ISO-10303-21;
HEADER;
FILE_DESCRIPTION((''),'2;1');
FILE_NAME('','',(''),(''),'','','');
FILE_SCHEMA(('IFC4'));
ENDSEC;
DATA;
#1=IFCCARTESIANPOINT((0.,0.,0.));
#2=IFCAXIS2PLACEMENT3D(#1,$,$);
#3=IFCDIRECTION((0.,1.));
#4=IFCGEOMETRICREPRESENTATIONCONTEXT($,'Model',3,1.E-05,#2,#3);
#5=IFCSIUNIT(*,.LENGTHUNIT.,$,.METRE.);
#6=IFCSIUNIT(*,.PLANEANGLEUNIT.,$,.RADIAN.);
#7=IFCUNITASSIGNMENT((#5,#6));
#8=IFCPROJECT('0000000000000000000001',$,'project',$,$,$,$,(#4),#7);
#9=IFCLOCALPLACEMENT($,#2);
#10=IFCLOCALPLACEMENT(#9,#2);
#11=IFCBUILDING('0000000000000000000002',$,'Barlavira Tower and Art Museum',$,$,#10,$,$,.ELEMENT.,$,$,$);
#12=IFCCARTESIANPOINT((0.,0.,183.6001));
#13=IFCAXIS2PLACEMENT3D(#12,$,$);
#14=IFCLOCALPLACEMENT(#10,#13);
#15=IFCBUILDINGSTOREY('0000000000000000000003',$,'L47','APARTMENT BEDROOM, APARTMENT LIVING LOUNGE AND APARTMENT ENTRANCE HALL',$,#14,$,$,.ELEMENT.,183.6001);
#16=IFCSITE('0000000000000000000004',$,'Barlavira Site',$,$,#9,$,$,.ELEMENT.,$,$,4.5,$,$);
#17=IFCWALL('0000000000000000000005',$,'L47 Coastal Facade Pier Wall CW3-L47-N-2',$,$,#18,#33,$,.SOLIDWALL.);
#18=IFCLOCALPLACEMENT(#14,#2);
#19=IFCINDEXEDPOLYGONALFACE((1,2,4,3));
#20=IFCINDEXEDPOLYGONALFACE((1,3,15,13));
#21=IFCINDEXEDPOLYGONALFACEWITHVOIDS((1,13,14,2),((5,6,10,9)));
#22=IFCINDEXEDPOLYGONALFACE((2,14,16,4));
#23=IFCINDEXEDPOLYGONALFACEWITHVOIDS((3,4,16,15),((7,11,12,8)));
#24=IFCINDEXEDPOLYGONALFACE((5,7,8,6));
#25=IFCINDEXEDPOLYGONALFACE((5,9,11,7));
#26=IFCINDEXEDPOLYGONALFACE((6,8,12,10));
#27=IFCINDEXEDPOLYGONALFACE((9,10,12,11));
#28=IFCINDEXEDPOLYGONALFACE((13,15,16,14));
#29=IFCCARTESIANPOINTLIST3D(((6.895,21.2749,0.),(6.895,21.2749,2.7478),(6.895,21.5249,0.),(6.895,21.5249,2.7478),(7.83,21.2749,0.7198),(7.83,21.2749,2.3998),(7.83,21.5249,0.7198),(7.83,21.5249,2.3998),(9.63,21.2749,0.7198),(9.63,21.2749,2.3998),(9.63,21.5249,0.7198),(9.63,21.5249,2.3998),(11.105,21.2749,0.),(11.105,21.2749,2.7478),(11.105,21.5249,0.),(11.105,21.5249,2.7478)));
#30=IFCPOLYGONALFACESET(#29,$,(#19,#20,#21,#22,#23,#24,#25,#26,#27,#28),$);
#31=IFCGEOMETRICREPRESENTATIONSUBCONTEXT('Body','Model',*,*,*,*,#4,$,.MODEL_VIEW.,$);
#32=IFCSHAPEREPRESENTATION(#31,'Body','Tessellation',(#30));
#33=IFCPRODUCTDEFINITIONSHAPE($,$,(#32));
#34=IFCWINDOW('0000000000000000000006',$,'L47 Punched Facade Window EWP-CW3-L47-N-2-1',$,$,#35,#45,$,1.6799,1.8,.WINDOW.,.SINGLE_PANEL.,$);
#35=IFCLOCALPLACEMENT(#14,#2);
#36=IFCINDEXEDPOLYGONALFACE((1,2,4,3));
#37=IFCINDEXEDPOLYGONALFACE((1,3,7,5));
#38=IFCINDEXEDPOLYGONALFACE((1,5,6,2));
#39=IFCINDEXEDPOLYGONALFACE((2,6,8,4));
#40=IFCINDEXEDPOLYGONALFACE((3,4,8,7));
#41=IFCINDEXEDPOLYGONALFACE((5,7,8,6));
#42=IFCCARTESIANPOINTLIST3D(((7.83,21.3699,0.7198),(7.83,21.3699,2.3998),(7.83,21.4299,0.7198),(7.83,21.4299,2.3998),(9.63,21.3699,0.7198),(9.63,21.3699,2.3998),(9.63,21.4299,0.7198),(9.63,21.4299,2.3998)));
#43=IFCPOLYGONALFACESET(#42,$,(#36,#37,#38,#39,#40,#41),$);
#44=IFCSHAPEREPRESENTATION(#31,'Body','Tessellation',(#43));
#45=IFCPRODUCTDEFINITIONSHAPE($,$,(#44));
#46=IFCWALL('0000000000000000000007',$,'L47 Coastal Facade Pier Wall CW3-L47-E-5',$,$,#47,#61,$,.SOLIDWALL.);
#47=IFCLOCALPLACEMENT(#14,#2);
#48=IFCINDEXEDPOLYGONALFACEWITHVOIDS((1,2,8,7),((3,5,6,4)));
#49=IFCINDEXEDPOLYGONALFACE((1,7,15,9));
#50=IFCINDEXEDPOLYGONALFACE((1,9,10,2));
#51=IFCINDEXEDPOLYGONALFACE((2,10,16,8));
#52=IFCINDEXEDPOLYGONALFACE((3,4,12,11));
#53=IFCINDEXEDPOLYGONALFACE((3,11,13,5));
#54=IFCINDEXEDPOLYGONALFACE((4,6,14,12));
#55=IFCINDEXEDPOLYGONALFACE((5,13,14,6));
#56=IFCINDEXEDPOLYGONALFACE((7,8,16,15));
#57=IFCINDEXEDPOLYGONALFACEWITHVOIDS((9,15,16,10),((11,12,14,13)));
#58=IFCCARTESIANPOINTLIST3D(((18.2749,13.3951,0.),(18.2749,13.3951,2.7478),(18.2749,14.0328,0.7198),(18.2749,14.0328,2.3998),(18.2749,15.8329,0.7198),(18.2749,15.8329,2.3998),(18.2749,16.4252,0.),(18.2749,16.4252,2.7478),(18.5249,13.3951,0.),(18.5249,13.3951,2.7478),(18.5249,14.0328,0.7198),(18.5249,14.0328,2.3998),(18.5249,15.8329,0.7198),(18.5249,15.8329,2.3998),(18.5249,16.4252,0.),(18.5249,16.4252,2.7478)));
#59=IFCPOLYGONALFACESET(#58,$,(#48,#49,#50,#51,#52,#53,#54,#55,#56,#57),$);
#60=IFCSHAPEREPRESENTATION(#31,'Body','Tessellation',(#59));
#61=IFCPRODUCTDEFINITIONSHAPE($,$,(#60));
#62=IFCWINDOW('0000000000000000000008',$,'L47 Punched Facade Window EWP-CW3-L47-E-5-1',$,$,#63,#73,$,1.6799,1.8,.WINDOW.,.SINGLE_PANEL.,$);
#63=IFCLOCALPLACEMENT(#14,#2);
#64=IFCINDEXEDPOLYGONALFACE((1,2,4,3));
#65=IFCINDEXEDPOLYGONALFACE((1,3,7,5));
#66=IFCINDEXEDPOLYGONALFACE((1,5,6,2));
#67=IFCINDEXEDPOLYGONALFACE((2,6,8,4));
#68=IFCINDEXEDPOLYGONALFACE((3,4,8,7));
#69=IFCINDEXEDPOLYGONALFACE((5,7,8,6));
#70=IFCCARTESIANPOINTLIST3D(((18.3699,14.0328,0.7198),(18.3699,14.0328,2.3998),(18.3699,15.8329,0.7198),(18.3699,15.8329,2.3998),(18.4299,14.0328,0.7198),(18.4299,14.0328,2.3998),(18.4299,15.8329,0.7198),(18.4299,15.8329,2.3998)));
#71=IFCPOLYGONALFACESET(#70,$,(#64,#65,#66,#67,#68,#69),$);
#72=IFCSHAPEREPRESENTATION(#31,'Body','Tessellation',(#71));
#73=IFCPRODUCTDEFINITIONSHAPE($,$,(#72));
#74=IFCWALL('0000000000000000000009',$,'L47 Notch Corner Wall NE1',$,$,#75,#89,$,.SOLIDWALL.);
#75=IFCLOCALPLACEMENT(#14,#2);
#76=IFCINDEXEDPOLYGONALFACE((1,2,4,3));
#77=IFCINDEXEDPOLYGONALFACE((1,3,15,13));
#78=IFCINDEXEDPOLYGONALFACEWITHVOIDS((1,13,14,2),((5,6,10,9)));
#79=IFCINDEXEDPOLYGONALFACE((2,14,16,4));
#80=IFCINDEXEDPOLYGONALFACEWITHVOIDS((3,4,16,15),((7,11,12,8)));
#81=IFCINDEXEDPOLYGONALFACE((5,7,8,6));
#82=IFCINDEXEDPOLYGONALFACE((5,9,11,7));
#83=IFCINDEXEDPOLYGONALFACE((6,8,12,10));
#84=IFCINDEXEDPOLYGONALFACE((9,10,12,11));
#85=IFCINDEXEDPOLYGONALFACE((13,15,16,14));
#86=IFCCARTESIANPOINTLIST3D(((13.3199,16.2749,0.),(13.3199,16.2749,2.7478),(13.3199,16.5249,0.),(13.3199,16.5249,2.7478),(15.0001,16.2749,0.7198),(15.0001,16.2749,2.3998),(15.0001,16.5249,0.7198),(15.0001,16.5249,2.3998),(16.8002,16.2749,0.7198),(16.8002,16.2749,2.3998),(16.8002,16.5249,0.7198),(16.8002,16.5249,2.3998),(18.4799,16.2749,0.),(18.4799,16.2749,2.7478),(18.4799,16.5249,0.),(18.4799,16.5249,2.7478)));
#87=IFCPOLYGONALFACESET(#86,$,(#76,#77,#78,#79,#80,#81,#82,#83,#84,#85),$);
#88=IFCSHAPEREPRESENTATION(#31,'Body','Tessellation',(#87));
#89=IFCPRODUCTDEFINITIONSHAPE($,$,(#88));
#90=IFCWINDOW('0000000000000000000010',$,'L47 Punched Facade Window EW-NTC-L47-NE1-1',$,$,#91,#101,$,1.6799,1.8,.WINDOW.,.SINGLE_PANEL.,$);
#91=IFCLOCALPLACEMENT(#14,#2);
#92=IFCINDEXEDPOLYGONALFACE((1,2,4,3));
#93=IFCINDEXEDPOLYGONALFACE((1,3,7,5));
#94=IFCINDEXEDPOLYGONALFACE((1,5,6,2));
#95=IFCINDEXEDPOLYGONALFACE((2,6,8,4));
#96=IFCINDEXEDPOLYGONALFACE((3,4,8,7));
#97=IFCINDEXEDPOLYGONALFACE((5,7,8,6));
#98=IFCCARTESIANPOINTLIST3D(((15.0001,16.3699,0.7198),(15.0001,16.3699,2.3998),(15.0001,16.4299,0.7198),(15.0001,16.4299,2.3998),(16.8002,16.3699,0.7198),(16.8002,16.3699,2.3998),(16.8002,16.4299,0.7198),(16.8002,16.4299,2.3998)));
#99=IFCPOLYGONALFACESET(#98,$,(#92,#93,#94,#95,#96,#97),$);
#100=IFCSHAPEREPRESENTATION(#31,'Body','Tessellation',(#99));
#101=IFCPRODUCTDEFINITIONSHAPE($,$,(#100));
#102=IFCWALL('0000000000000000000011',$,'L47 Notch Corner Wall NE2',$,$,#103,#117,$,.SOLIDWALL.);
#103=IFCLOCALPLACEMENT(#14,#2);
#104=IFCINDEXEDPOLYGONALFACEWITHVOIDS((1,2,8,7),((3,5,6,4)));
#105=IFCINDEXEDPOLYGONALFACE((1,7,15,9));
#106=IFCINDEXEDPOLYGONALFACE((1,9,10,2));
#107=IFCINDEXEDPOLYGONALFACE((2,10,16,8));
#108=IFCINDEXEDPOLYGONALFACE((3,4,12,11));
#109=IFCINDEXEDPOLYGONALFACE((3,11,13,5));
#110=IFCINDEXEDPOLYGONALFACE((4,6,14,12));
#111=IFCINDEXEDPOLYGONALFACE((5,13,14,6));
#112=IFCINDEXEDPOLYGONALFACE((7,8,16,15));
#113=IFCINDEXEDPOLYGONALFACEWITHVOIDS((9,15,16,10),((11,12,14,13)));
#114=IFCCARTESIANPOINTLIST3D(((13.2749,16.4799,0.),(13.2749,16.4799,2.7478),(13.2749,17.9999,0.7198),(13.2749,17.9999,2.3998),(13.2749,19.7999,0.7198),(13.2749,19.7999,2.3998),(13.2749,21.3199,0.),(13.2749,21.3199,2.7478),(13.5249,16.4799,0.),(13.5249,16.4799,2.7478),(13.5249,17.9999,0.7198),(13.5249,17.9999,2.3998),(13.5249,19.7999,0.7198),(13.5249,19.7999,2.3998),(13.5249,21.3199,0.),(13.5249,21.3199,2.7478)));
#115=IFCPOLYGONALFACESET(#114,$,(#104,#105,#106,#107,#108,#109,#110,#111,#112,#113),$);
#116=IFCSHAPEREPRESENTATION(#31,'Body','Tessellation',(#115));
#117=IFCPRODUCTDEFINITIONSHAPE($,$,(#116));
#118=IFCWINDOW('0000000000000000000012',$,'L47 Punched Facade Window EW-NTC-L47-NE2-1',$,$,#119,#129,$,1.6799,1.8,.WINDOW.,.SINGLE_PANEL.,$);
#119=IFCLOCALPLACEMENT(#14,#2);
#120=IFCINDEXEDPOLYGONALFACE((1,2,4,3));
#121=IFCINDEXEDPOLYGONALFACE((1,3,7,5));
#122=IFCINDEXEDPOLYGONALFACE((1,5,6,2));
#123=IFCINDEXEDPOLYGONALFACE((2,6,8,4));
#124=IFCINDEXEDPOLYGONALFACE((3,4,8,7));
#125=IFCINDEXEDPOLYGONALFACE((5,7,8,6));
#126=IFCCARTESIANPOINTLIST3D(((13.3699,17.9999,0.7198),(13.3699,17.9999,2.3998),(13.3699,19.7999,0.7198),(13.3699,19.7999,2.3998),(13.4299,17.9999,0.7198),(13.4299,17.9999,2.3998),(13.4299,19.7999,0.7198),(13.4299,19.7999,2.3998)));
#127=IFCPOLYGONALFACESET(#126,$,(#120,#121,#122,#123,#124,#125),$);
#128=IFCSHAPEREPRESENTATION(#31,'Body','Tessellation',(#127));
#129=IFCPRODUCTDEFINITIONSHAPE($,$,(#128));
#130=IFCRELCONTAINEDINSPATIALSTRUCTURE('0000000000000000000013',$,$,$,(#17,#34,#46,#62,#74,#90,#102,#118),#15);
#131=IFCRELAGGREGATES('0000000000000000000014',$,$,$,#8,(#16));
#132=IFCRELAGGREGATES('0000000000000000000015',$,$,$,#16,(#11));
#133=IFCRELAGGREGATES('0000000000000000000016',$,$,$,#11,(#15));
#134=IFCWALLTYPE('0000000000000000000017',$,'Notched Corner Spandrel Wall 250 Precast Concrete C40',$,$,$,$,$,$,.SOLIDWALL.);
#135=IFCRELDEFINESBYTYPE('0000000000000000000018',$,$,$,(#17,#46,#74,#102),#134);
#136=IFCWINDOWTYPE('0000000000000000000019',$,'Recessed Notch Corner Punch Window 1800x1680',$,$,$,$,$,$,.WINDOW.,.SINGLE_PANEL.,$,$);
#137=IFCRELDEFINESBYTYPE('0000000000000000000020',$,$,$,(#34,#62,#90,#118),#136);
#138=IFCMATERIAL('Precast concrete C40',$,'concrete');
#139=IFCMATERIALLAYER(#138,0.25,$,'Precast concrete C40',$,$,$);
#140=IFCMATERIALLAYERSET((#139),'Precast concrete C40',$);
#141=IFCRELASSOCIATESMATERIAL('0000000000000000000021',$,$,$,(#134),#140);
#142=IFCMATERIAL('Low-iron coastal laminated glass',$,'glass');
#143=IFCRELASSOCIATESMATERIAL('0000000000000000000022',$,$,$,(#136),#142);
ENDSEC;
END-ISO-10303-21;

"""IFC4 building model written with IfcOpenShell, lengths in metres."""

from ifc_helpers import new_model, si_unit, direction, frame, frame_2d, origin, place, context, subcontext, project, spatial, rectangle, extrude, material, layer, layer_set, type_object, element, fill, save


model = new_model("IFC4")

# Units and contexts
model_context = context("Model", 3, precision=1e-05, world=origin(), true_north=direction((0.0, 1.0)))
body_context = subcontext(model_context, "Body", "Model", "MODEL_VIEW")
ifc_project = project(units=[si_unit("LENGTHUNIT", "METRE"), si_unit("PLANEANGLEUNIT", "RADIAN")], contexts=[model_context])

# Site, building, storey
site_placement = place(None, origin())
site = spatial("IfcSite", under=ifc_project, at=site_placement, Name="Barlavira Site", CompositionType="ELEMENT", RefElevation=4.5)
building_placement = place(site_placement, origin())
building = spatial("IfcBuilding", under=site, at=building_placement, Name="Barlavira Tower and Art Museum", CompositionType="ELEMENT")
storey_placement = place(building_placement, frame((0.0, 0.0, 183.6001)))
storey = spatial("IfcBuildingStorey", under=building, at=storey_placement, Name="L47", Description="APARTMENT BEDROOM, APARTMENT LIVING LOUNGE AND APARTMENT ENTRANCE HALL", CompositionType="ELEMENT", Elevation=183.6001)

# Shared definitions
ifc_material_1 = material(Name="Low-iron coastal laminated glass", Category="glass")

# Walls, openings, windows
ifc_material_2 = material(Name="Precast concrete C40", Category="concrete")
ifc_layer_1 = layer(ifc_material_2, 0.25, Name="Precast concrete C40")
ifc_layer_set_1 = layer_set([ifc_layer_1], Name="Precast concrete C40")
wall_type_1 = type_object("IfcWallType", Name="Notched Corner Spandrel Wall 250 Precast Concrete C40", PredefinedType="SOLIDWALL", material=ifc_layer_set_1)
wall_1_placement = place(storey_placement, frame((11.105, 21.3999, 0.0), z_axis=(0.0, 0.0, 1.0), x_axis=(-1.0, 0.0, 0.0)))
wall_1 = element("IfcWall", 1, at=wall_1_placement, inside=storey, type_object=wall_type_1, Name="L47 Coastal Facade Pier Wall CW3-L47-N-2", PredefinedType="SOLIDWALL", context=body_context, shape_type="SweptSolid", body=[
    extrude(rectangle(XDim=4.21, YDim=0.25, at=frame_2d((2.105, 0.0))), origin(), (0.0, 0.0, 1.0), 2.7478),
])
opening_1_placement = place(wall_1_placement, frame((1.4751, 0.0, 0.72)))
opening_1 = element("IfcOpeningElement", 2, at=opening_1_placement, cuts=wall_1, PredefinedType="OPENING", context=body_context, shape_type="SweptSolid", body=[
    extrude(rectangle(XDim=1.8, YDim=1.6799, at=frame_2d((0.8999, 0.8398))), frame((0.0, 0.135, 0.0), z_axis=(0.0, -1.0, 0.0), x_axis=(1.0, 0.0, 0.0)), (0.0, 0.0, 1.0), 0.27),
])
window_type_1 = type_object("IfcWindowType", Name="Recessed Notch Corner Punch Window 1800x1680", PartitioningType="SINGLE_PANEL", PredefinedType="WINDOW", material=ifc_material_1)
window_1_placement = place(opening_1_placement, origin())
window_1 = element("IfcWindow", 3, at=window_1_placement, inside=storey, type_object=window_type_1, Name="L47 Punched Facade Window EWP-CW3-L47-N-2-1", OverallHeight=1.6799, OverallWidth=1.8, PartitioningType="SINGLE_PANEL", PredefinedType="WINDOW", context=body_context, shape_type="SweptSolid", body=[
    extrude(rectangle(XDim=1.8, YDim=1.6799, at=frame_2d((0.8999, 0.8398))), frame((0.0, 0.03, 0.0), z_axis=(0.0, -1.0, 0.0), x_axis=(1.0, 0.0, 0.0)), (0.0, 0.0, 1.0), 0.0601),
])
fill(opening_1, window_1)
wall_2_placement = place(storey_placement, frame((18.3999, 13.395, 0.0), z_axis=(0.0, 0.0, 1.0), x_axis=(0.0, 1.0, 0.0)))
wall_2 = element("IfcWall", 4, at=wall_2_placement, inside=storey, type_object=wall_type_1, Name="L47 Coastal Facade Pier Wall CW3-L47-E-5", PredefinedType="SOLIDWALL", context=body_context, shape_type="SweptSolid", body=[
    extrude(rectangle(XDim=3.03, YDim=0.25, at=frame_2d((1.5151, 0.0))), origin(), (0.0, 0.0, 1.0), 2.7478),
])
opening_2_placement = place(wall_2_placement, frame((0.6379, 0.0, 0.72)))
opening_2 = element("IfcOpeningElement", 5, at=opening_2_placement, cuts=wall_2, PredefinedType="OPENING", context=body_context, shape_type="SweptSolid", body=[
    extrude(rectangle(XDim=1.8, YDim=1.6799, at=frame_2d((0.8999, 0.8398))), frame((0.0, 0.135, 0.0), z_axis=(0.0, -1.0, 0.0), x_axis=(1.0, 0.0, 0.0)), (0.0, 0.0, 1.0), 0.27),
])
window_2_placement = place(opening_2_placement, origin())
window_2 = element("IfcWindow", 6, at=window_2_placement, inside=storey, type_object=window_type_1, Name="L47 Punched Facade Window EWP-CW3-L47-E-5-1", OverallHeight=1.6799, OverallWidth=1.8, PartitioningType="SINGLE_PANEL", PredefinedType="WINDOW", context=body_context, shape_type="SweptSolid", body=[
    extrude(rectangle(XDim=1.8, YDim=1.6799, at=frame_2d((0.8999, 0.8398))), frame((0.0, 0.03, 0.0), z_axis=(0.0, -1.0, 0.0), x_axis=(1.0, 0.0, 0.0)), (0.0, 0.0, 1.0), 0.0601),
])
fill(opening_2, window_2)
wall_3_placement = place(storey_placement, frame((18.48, 16.3999, 0.0), z_axis=(0.0, 0.0, 1.0), x_axis=(-1.0, 0.0, 0.0)))
wall_3 = element("IfcWall", 7, at=wall_3_placement, inside=storey, type_object=wall_type_1, Name="L47 Notch Corner Wall NE1", PredefinedType="SOLIDWALL", context=body_context, shape_type="SweptSolid", body=[
    extrude(rectangle(XDim=5.1599, YDim=0.25, at=frame_2d((2.5801, 0.0))), origin(), (0.0, 0.0, 1.0), 2.7478),
])
opening_3_placement = place(wall_3_placement, frame((1.6799, 0.0, 0.72)))
opening_3 = element("IfcOpeningElement", 8, at=opening_3_placement, cuts=wall_3, PredefinedType="OPENING", context=body_context, shape_type="SweptSolid", body=[
    extrude(rectangle(XDim=1.8, YDim=1.6799, at=frame_2d((0.8999, 0.8398))), frame((0.0, 0.135, 0.0), z_axis=(0.0, -1.0, 0.0), x_axis=(1.0, 0.0, 0.0)), (0.0, 0.0, 1.0), 0.27),
])
window_3_placement = place(opening_3_placement, origin())
window_3 = element("IfcWindow", 9, at=window_3_placement, inside=storey, type_object=window_type_1, Name="L47 Punched Facade Window EW-NTC-L47-NE1-1", OverallHeight=1.6799, OverallWidth=1.8, PartitioningType="SINGLE_PANEL", PredefinedType="WINDOW", context=body_context, shape_type="SweptSolid", body=[
    extrude(rectangle(XDim=1.8, YDim=1.6799, at=frame_2d((0.8999, 0.8398))), frame((0.0, 0.03, 0.0), z_axis=(0.0, -1.0, 0.0), x_axis=(1.0, 0.0, 0.0)), (0.0, 0.0, 1.0), 0.0601),
])
fill(opening_3, window_3)
wall_4_placement = place(storey_placement, frame((13.3999, 16.48, 0.0), z_axis=(0.0, 0.0, 1.0), x_axis=(0.0, 1.0, 0.0)))
wall_4 = element("IfcWall", 10, at=wall_4_placement, inside=storey, type_object=wall_type_1, Name="L47 Notch Corner Wall NE2", PredefinedType="SOLIDWALL", context=body_context, shape_type="SweptSolid", body=[
    extrude(rectangle(XDim=4.8401, YDim=0.25, at=frame_2d((2.4199, 0.0))), origin(), (0.0, 0.0, 1.0), 2.7478),
])
opening_4_placement = place(wall_4_placement, frame((1.52, 0.0, 0.72)))
opening_4 = element("IfcOpeningElement", 11, at=opening_4_placement, cuts=wall_4, PredefinedType="OPENING", context=body_context, shape_type="SweptSolid", body=[
    extrude(rectangle(XDim=1.8, YDim=1.6799, at=frame_2d((0.8999, 0.8398))), frame((0.0, 0.135, 0.0), z_axis=(0.0, -1.0, 0.0), x_axis=(1.0, 0.0, 0.0)), (0.0, 0.0, 1.0), 0.27),
])
window_4_placement = place(opening_4_placement, origin())
window_4 = element("IfcWindow", 12, at=window_4_placement, inside=storey, type_object=window_type_1, Name="L47 Punched Facade Window EW-NTC-L47-NE2-1", OverallHeight=1.6799, OverallWidth=1.8, PartitioningType="SINGLE_PANEL", PredefinedType="WINDOW", context=body_context, shape_type="SweptSolid", body=[
    extrude(rectangle(XDim=1.8, YDim=1.6799, at=frame_2d((0.8999, 0.8398))), frame((0.0, 0.03, 0.0), z_axis=(0.0, -1.0, 0.0), x_axis=(1.0, 0.0, 0.0)), (0.0, 0.0, 1.0), 0.0601),
])
fill(opening_4, window_4)

save(model, "model.ifc")
